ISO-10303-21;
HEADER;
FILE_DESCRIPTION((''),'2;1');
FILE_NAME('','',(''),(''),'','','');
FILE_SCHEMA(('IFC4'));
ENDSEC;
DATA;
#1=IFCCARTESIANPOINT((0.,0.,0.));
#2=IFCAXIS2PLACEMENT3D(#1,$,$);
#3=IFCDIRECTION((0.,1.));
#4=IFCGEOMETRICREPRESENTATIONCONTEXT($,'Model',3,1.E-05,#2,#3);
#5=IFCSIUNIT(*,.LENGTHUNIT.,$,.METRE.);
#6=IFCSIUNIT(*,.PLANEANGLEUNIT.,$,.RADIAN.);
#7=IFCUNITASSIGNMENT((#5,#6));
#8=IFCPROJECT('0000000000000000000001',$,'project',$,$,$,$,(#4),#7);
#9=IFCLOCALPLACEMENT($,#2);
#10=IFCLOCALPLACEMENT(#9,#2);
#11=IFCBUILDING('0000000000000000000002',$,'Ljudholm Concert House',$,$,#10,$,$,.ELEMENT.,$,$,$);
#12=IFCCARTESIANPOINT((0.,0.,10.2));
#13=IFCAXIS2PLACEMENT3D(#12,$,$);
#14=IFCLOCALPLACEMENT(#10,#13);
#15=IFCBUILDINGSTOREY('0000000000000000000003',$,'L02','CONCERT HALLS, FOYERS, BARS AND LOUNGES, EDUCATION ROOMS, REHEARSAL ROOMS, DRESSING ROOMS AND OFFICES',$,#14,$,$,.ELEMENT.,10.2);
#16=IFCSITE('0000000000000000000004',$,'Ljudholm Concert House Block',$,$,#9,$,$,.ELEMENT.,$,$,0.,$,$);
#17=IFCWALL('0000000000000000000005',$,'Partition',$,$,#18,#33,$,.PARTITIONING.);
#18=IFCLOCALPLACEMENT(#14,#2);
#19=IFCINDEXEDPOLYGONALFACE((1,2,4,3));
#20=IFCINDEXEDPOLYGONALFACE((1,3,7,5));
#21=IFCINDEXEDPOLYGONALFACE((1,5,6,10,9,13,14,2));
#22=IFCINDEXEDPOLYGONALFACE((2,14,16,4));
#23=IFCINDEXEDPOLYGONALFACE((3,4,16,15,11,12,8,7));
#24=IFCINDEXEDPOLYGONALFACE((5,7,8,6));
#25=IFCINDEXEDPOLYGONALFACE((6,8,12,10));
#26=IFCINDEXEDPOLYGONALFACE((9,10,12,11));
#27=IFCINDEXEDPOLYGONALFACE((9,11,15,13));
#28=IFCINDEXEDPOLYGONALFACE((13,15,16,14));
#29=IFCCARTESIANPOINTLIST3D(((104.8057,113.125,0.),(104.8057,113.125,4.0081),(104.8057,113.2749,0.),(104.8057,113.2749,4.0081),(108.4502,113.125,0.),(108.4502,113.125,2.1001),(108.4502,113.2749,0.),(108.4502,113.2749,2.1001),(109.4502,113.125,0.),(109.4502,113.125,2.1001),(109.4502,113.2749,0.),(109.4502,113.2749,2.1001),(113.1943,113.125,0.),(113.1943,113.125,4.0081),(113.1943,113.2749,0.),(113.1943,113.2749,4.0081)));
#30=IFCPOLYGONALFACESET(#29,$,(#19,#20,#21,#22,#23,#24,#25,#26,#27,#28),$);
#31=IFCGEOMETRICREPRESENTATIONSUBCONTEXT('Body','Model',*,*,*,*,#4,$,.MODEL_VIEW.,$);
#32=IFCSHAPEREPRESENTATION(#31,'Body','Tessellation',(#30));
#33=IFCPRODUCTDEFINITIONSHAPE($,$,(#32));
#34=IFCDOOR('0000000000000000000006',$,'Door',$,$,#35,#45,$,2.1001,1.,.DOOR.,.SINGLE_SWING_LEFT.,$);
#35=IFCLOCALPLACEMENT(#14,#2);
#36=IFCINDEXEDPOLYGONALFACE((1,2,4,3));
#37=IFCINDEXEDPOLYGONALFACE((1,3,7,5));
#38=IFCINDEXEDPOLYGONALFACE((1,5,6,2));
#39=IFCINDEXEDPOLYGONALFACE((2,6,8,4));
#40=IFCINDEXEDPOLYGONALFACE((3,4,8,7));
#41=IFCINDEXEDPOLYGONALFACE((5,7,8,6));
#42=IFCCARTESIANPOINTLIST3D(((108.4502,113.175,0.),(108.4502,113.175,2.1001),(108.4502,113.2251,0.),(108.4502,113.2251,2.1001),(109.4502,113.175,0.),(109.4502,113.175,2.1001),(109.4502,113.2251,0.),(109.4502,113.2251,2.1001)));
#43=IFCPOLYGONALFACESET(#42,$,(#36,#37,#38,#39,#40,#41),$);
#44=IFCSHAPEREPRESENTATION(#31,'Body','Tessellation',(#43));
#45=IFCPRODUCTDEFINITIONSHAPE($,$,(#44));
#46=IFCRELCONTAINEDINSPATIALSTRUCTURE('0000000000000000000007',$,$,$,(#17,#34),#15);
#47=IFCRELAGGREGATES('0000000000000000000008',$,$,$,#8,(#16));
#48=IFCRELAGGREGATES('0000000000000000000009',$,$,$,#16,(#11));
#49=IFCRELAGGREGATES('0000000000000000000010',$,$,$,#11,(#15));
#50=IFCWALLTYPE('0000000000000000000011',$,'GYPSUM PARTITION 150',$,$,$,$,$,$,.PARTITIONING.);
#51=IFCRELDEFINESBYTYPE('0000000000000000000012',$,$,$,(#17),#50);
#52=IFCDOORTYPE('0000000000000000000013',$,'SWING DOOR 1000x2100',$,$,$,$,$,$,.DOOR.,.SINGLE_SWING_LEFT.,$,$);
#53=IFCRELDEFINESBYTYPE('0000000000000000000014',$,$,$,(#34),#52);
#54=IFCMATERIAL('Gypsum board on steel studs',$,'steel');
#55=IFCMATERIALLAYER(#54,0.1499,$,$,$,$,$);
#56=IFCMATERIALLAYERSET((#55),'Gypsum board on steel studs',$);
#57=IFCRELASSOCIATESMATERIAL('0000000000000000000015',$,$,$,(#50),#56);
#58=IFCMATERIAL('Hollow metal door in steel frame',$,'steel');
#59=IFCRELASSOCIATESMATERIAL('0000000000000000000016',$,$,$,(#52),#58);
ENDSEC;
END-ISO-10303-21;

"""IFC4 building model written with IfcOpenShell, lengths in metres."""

from ifc_helpers import new_model, si_unit, direction, frame, frame_2d, origin, place, context, subcontext, project, spatial, rectangle, extrude, material, layer, layer_set, type_object, element, fill, save


model = new_model("IFC4")

# Units and contexts
model_context = context("Model", 3, precision=1e-05, world=origin(), true_north=direction((0.0, 1.0)))
body_context = subcontext(model_context, "Body", "Model", "MODEL_VIEW")
ifc_project = project(units=[si_unit("LENGTHUNIT", "METRE"), si_unit("PLANEANGLEUNIT", "RADIAN")], contexts=[model_context])

# Site, building, storey
site_placement = place(None, origin())
site = spatial("IfcSite", under=ifc_project, at=site_placement, Name="Ljudholm Concert House Block", CompositionType="ELEMENT", RefElevation=0.0)
building_placement = place(site_placement, origin())
building = spatial("IfcBuilding", under=site, at=building_placement, Name="Ljudholm Concert House", CompositionType="ELEMENT")
storey_placement = place(building_placement, frame((0.0, 0.0, 10.2)))
storey = spatial("IfcBuildingStorey", under=building, at=storey_placement, Name="L02", Description="CONCERT HALLS, FOYERS, BARS AND LOUNGES, EDUCATION ROOMS, REHEARSAL ROOMS, DRESSING ROOMS AND OFFICES", CompositionType="ELEMENT", Elevation=10.2)

# Wall, opening, door
ifc_material_1 = material(Name="Gypsum board on steel studs", Category="steel")
ifc_layer_1 = layer(ifc_material_1, 0.1499)
ifc_layer_set_1 = layer_set([ifc_layer_1], Name="Gypsum board on steel studs")
wall_type_1 = type_object("IfcWallType", Name="GYPSUM PARTITION 150", PredefinedType="PARTITIONING", material=ifc_layer_set_1)
wall_placement = place(storey_placement, frame((104.8057, 113.2, 0.0), z_axis=(0.0, 0.0, 1.0), x_axis=(1.0, 0.0, 0.0)))
wall = element("IfcWall", 1, at=wall_placement, inside=storey, type_object=wall_type_1, Name="Partition", PredefinedType="PARTITIONING", context=body_context, shape_type="SweptSolid", body=[
    extrude(rectangle(XDim=8.3887, YDim=0.1499, at=frame_2d((4.1943, 0.0))), origin(), (0.0, 0.0, 1.0), 4.0081),
])
opening_placement = place(wall_placement, frame((3.6445, 0.0, 0.0)))
opening = element("IfcOpeningElement", 2, at=opening_placement, cuts=wall, PredefinedType="OPENING", context=body_context, shape_type="SweptSolid", body=[
    extrude(rectangle(XDim=1.0, YDim=2.1001, at=frame_2d((0.5, 1.05))), frame((0.0, 0.085, 0.0), z_axis=(0.0, -1.0, 0.0), x_axis=(1.0, 0.0, 0.0)), (0.0, 0.0, 1.0), 0.1699),
])
ifc_material_2 = material(Name="Hollow metal door in steel frame", Category="steel")
door_type = type_object("IfcDoorType", Name="SWING DOOR 1000x2100", OperationType="SINGLE_SWING_LEFT", PredefinedType="DOOR", material=ifc_material_2)
door_placement = place(opening_placement, frame((1.0, 0.0, 0.0), z_axis=(0.0, 0.0, 1.0), x_axis=(-1.0, 0.0, 0.0)))
door = element("IfcDoor", 3, at=door_placement, inside=storey, type_object=door_type, Name="Door", OperationType="SINGLE_SWING_LEFT", OverallHeight=2.1001, OverallWidth=1.0, PredefinedType="DOOR", context=body_context, shape_type="SweptSolid", body=[
    extrude(rectangle(XDim=1.0, YDim=2.1001, at=frame_2d((0.5, 1.05))), frame((0.0, 0.0249, 0.0), z_axis=(0.0, -1.0, 0.0), x_axis=(1.0, 0.0, 0.0)), (0.0, 0.0, 1.0), 0.05),
])
fill(opening, door)

save(model, "model.ifc")
